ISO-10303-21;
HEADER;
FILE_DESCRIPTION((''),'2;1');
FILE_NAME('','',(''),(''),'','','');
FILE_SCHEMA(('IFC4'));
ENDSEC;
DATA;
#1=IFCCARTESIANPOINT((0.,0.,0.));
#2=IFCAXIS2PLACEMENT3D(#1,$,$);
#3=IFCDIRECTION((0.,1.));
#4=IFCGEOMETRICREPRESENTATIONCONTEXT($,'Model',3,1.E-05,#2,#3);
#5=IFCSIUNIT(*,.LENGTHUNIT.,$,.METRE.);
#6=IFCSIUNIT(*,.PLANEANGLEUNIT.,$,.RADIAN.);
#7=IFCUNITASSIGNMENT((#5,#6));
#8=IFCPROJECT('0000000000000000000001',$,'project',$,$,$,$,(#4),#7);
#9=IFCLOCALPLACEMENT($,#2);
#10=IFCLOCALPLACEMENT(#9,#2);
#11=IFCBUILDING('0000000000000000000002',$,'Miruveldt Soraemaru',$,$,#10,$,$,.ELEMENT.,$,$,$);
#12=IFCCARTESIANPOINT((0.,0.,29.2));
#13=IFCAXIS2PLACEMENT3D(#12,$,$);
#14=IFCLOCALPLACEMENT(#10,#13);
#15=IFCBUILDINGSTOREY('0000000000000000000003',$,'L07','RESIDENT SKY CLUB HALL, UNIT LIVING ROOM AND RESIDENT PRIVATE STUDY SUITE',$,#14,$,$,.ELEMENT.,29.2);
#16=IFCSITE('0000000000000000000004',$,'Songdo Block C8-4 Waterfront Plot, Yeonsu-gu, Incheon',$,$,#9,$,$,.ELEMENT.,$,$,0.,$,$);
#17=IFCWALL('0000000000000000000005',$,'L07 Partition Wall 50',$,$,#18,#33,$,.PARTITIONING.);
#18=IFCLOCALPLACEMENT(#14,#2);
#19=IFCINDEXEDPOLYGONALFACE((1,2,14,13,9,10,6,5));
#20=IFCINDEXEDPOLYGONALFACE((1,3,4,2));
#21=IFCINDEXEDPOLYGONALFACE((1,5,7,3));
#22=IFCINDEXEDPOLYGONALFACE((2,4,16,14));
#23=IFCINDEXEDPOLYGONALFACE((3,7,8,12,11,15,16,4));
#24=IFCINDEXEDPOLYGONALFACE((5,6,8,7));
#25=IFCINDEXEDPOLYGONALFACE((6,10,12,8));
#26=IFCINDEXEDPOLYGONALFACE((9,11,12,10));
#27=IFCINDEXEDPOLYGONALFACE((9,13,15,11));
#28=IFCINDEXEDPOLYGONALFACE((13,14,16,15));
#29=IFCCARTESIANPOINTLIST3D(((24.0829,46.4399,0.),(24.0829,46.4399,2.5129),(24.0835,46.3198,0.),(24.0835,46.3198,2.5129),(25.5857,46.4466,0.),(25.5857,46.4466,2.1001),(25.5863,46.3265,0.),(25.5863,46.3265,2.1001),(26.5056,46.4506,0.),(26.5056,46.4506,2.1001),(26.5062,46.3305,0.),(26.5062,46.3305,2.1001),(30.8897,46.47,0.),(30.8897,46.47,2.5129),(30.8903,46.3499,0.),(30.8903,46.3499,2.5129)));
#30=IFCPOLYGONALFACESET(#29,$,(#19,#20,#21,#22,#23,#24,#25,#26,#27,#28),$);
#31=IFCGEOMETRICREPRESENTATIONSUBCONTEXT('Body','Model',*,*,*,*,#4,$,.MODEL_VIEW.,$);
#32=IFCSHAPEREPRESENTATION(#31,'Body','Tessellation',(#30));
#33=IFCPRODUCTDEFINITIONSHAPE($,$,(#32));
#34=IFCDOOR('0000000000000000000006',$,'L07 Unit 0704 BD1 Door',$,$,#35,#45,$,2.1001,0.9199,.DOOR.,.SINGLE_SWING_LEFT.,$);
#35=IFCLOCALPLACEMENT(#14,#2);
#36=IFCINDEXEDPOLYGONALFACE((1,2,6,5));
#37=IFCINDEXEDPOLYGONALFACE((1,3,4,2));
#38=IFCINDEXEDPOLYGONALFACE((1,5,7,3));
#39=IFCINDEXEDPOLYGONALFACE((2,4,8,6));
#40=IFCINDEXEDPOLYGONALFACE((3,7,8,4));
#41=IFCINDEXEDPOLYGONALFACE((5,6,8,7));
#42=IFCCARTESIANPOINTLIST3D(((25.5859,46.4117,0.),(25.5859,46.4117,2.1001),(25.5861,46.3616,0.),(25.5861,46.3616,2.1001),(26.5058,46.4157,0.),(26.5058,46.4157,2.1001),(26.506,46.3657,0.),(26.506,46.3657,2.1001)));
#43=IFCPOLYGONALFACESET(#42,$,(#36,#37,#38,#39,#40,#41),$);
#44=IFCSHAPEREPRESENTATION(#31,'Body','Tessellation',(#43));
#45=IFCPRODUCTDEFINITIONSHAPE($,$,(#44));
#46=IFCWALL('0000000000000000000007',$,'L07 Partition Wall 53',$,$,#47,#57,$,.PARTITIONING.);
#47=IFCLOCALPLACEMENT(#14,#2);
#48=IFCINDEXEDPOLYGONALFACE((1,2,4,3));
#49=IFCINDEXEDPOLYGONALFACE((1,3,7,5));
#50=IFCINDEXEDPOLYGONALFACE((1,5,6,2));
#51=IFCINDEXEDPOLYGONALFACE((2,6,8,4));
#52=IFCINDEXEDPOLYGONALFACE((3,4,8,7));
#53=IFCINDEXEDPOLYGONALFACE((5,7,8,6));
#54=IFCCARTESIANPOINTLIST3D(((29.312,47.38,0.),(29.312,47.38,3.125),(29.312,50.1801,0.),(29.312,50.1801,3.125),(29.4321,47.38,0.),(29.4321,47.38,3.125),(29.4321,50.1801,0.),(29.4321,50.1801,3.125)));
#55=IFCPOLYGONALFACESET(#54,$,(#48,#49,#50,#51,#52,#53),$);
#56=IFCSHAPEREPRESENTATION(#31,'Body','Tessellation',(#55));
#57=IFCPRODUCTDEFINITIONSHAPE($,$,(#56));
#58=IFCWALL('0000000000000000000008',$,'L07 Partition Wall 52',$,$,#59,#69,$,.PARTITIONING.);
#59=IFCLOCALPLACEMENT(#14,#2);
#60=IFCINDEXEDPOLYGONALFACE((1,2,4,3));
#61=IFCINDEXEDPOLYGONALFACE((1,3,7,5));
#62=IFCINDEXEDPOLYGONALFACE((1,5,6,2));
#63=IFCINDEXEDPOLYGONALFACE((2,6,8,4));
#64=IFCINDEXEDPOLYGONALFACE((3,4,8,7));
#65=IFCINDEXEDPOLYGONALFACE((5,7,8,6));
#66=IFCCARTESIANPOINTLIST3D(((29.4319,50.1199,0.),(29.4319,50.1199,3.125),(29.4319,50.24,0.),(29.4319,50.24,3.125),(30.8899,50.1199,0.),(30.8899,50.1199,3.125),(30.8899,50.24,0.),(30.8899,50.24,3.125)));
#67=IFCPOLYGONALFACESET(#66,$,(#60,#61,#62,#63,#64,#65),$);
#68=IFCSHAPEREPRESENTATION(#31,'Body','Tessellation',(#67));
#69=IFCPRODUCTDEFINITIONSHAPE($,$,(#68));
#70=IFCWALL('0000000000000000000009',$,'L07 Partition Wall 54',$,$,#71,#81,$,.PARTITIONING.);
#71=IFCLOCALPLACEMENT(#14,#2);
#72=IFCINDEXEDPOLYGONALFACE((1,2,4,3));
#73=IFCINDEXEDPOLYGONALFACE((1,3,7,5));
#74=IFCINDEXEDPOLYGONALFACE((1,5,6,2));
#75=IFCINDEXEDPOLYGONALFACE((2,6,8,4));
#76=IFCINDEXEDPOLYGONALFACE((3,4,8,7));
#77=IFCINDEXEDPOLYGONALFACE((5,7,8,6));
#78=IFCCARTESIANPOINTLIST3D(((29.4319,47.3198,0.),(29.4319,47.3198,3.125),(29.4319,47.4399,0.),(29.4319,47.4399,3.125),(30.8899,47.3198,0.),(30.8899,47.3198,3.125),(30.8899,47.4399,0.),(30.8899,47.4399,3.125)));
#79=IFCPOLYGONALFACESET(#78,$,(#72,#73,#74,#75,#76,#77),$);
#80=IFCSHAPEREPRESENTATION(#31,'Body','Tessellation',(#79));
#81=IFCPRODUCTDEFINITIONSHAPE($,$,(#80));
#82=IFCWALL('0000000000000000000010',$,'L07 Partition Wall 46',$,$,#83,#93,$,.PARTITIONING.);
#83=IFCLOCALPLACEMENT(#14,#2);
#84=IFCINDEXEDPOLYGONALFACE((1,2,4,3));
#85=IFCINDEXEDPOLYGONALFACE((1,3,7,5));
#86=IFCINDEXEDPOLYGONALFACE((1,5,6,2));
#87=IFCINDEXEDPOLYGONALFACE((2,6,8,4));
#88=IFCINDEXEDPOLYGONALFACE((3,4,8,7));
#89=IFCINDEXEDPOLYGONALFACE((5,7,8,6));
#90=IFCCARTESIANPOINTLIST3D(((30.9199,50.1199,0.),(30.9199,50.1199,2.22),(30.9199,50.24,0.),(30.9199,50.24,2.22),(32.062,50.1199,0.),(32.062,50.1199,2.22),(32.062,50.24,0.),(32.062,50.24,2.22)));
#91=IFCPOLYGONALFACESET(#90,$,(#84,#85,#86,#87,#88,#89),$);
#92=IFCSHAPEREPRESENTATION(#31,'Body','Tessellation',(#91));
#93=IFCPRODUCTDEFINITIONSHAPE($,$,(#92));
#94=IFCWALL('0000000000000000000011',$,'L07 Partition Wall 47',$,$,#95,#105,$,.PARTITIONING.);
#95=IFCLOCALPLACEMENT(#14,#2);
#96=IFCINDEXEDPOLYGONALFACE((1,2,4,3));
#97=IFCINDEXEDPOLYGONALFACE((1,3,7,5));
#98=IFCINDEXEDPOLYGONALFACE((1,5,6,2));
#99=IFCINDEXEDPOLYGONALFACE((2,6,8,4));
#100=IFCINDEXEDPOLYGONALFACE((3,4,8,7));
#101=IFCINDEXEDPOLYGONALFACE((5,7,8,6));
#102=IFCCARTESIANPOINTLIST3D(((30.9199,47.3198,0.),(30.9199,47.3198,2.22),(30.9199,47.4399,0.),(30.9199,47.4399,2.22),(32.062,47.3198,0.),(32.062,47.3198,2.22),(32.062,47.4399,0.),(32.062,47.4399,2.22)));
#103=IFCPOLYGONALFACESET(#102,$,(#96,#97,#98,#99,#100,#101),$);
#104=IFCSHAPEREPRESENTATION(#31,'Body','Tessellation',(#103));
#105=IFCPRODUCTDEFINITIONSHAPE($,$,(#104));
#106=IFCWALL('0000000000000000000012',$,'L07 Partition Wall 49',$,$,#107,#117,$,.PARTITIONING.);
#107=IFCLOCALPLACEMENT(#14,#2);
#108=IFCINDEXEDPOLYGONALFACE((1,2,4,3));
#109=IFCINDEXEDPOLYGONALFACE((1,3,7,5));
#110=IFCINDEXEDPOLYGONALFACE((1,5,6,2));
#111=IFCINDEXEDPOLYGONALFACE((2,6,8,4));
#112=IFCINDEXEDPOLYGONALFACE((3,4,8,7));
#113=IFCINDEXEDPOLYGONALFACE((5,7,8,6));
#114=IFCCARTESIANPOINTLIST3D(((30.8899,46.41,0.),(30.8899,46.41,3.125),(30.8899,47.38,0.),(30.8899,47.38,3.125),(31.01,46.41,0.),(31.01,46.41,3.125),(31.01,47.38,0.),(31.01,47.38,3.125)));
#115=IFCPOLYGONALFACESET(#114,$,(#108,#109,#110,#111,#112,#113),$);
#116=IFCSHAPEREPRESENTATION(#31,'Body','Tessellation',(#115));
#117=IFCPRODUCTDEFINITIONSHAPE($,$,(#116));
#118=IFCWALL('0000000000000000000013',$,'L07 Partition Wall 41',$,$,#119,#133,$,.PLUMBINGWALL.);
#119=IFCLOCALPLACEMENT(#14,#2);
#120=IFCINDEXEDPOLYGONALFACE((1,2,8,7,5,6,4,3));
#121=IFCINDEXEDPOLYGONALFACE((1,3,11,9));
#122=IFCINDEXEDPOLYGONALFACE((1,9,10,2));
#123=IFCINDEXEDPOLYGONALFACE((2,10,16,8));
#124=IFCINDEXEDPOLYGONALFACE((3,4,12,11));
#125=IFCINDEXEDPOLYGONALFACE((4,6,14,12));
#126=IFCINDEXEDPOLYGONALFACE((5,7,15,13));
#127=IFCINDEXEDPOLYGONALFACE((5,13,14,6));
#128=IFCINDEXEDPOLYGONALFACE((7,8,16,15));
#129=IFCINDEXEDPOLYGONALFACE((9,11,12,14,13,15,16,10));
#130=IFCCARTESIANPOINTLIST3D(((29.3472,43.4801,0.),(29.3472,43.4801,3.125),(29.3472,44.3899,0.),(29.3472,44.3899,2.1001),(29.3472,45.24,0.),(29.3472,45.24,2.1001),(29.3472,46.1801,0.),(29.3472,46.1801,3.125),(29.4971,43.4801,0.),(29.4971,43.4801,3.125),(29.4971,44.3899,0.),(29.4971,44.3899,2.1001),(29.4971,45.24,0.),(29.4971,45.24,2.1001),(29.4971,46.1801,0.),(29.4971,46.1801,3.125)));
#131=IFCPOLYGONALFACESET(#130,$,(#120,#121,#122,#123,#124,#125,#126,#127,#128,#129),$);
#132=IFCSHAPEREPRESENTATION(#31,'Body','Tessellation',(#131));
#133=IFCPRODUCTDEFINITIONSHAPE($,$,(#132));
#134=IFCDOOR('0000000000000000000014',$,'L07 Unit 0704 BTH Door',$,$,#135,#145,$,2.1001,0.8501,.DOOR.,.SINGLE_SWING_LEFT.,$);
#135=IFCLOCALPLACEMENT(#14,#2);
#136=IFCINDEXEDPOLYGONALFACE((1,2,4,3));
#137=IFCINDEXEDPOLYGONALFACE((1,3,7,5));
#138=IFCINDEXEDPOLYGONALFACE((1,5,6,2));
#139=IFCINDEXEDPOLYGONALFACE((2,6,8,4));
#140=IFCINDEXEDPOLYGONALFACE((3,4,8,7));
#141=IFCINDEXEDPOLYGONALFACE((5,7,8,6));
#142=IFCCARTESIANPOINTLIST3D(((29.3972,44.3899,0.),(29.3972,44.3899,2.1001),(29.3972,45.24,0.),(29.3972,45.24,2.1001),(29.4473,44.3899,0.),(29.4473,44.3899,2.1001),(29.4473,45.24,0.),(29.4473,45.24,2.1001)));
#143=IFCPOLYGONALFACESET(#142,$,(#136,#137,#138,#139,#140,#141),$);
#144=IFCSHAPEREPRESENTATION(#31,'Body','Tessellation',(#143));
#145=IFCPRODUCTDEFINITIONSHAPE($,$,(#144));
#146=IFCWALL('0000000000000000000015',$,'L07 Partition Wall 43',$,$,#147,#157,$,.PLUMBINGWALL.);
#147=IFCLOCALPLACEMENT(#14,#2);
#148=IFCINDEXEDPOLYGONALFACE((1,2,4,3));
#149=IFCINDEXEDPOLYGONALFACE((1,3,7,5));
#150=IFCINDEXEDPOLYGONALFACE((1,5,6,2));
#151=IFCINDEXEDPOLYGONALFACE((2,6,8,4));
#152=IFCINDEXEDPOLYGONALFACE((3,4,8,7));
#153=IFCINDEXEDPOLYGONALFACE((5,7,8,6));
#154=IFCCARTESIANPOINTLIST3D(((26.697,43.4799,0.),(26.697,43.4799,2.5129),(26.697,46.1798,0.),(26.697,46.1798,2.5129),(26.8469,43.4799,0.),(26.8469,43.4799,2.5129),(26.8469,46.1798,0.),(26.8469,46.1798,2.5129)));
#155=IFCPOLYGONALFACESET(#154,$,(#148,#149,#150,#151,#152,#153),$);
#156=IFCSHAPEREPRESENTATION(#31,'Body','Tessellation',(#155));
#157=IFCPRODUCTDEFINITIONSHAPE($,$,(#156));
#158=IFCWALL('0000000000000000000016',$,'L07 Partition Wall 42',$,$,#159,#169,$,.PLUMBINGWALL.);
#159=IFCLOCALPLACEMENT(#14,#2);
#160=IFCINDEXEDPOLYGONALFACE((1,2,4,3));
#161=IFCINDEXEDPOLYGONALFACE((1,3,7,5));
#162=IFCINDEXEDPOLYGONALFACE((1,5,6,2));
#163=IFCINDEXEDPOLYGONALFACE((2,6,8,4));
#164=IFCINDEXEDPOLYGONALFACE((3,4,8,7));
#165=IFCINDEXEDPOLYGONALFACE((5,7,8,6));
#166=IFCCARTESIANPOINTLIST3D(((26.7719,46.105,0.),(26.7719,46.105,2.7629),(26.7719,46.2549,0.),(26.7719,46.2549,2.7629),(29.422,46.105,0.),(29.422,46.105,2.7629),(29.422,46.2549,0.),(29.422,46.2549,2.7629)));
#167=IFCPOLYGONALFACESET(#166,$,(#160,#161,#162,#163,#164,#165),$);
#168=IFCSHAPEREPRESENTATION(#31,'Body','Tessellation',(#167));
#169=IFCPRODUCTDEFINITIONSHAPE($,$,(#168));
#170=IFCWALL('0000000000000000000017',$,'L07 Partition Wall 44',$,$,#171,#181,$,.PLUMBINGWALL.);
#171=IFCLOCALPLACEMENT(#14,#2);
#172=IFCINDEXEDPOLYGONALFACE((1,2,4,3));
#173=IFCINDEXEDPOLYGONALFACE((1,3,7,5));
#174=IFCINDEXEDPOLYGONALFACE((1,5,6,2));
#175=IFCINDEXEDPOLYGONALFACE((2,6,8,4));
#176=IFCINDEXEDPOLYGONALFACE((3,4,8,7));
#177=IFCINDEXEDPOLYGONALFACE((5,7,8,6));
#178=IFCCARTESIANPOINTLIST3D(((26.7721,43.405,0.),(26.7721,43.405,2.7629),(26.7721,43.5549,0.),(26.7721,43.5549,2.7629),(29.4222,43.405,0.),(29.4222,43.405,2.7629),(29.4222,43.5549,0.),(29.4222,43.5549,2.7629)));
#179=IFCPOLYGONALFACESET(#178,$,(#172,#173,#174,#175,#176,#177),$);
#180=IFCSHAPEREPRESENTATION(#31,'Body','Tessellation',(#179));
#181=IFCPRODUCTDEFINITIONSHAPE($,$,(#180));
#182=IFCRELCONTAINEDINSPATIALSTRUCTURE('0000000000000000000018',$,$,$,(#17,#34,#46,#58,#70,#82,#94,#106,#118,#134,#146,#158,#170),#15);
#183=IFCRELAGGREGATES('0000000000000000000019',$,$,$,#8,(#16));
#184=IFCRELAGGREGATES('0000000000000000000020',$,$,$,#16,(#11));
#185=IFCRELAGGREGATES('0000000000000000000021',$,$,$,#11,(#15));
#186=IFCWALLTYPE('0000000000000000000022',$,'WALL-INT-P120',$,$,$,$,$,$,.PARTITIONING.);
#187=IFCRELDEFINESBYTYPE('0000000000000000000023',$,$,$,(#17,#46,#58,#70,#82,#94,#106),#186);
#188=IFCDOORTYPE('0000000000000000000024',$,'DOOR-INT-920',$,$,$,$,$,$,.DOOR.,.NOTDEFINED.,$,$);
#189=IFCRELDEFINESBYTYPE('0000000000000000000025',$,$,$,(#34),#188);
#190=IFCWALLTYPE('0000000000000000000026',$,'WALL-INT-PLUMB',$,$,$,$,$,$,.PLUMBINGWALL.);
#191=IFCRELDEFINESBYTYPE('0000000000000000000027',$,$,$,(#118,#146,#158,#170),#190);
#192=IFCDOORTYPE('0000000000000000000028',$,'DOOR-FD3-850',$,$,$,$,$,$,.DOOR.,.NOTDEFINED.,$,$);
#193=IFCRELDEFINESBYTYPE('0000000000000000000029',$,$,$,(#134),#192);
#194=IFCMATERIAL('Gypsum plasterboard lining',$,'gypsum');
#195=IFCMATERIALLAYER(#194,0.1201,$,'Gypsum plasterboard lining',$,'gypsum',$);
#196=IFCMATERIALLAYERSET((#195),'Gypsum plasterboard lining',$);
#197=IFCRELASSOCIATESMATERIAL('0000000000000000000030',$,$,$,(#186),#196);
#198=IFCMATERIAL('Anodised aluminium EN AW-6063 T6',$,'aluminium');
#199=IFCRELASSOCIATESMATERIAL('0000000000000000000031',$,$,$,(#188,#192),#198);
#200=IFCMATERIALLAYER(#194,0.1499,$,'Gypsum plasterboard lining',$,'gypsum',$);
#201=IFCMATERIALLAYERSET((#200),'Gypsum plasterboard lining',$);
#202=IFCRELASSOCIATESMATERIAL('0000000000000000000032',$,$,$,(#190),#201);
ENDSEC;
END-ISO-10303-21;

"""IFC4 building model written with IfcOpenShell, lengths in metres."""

from ifc_helpers import new_model, si_unit, direction, frame, frame_2d, origin, place, context, subcontext, project, spatial, rectangle, extrude, material, layer, layer_set, type_object, element, fill, save


model = new_model("IFC4")

# Units and contexts
model_context = context("Model", 3, precision=1e-05, world=origin(), true_north=direction((0.0, 1.0)))
body_context = subcontext(model_context, "Body", "Model", "MODEL_VIEW")
ifc_project = project(units=[si_unit("LENGTHUNIT", "METRE"), si_unit("PLANEANGLEUNIT", "RADIAN")], contexts=[model_context])

# Site, building, storey
site_placement = place(None, origin())
site = spatial("IfcSite", under=ifc_project, at=site_placement, Name="Songdo Block C8-4 Waterfront Plot, Yeonsu-gu, Incheon", CompositionType="ELEMENT", RefElevation=0.0)
building_placement = place(site_placement, origin())
building = spatial("IfcBuilding", under=site, at=building_placement, Name="Miruveldt Soraemaru", CompositionType="ELEMENT")
storey_placement = place(building_placement, frame((0.0, 0.0, 29.2)))
storey = spatial("IfcBuildingStorey", under=building, at=storey_placement, Name="L07", Description="RESIDENT SKY CLUB HALL, UNIT LIVING ROOM AND RESIDENT PRIVATE STUDY SUITE", CompositionType="ELEMENT", Elevation=29.2)

# Shared definitions
ifc_material_1 = material(Name="Anodised aluminium EN AW-6063 T6", Category="aluminium")

# Wall, opening, door
ifc_material_2 = material(Name="Gypsum plasterboard lining", Category="gypsum")
ifc_layer_1 = layer(ifc_material_2, 0.1201, Name="Gypsum plasterboard lining", Category="gypsum")
ifc_layer_set_1 = layer_set([ifc_layer_1], Name="Gypsum plasterboard lining")
wall_type_1 = type_object("IfcWallType", Name="WALL-INT-P120", PredefinedType="PARTITIONING", material=ifc_layer_set_1)
wall_1_placement = place(storey_placement, frame((30.8899, 46.4099, 0.0), z_axis=(0.0, 0.0, 1.0), x_axis=(-0.99999, -0.004412, 0.0)))
wall_1 = element("IfcWall", 1, at=wall_1_placement, inside=storey, type_object=wall_type_1, Name="L07 Partition Wall 50", PredefinedType="PARTITIONING", context=body_context, shape_type="SweptSolid", body=[
    extrude(rectangle(XDim=6.8069, YDim=0.1201, at=frame_2d((3.4033, 0.0))), origin(), (0.0, 0.0, 1.0), 2.5129),
])
opening_1_placement = place(wall_1_placement, frame((4.384, 0.0, 0.0)))
opening_1 = element("IfcOpeningElement", 2, at=opening_1_placement, cuts=wall_1, PredefinedType="OPENING", context=body_context, shape_type="SweptSolid", body=[
    extrude(rectangle(XDim=0.9199, YDim=2.1001, at=frame_2d((0.46, 1.05))), frame((0.0, 0.0701, 0.0), z_axis=(0.0, -1.0, 0.0), x_axis=(1.0, 0.0, 0.0)), (0.0, 0.0, 1.0), 0.1401),
])
door_type_1 = type_object("IfcDoorType", Name="DOOR-INT-920", OperationType="NOTDEFINED", PredefinedType="DOOR", material=ifc_material_1)
door_1_placement = place(opening_1_placement, origin())
door_1 = element("IfcDoor", 3, at=door_1_placement, inside=storey, type_object=door_type_1, Name="L07 Unit 0704 BD1 Door", OperationType="SINGLE_SWING_LEFT", OverallHeight=2.1001, OverallWidth=0.9199, PredefinedType="DOOR", context=body_context, shape_type="SweptSolid", body=[
    extrude(rectangle(XDim=0.9199, YDim=2.1001, at=frame_2d((0.46, 1.05))), frame((0.0, 0.0249, 0.0), z_axis=(0.0, -1.0, 0.0), x_axis=(1.0, 0.0, 0.0)), (0.0, 0.0, 1.0), 0.05),
])
fill(opening_1, door_1)

# Walls
wall_2_placement = place(storey_placement, frame((29.3721, 50.1799, 0.0), z_axis=(0.0, 0.0, 1.0), x_axis=(0.0, -1.0, 0.0)))
element("IfcWall", 4, at=wall_2_placement, inside=storey, type_object=wall_type_1, Name="L07 Partition Wall 53", PredefinedType="PARTITIONING", context=body_context, shape_type="SweptSolid", body=[
    extrude(rectangle(XDim=2.8, YDim=0.1201, at=frame_2d((1.3999, 0.0))), origin(), (0.0, 0.0, 1.0), 3.125),
])
for number, where, z_axis, x_axis, name in (
    (5, (30.8899, 50.1799, 0.0), (0.0, 0.0, 1.0), (-1.0, 0.0, 0.0), "L07 Partition Wall 52"),
    (6, (29.4319, 47.3799, 0.0), (0.0, 0.0, 1.0), (1.0, 0.0, 0.0), "L07 Partition Wall 54"),
):
    element("IfcWall", number, at=place(storey_placement, frame(where, z_axis=z_axis, x_axis=x_axis)), inside=storey, type_object=wall_type_1, Name=name, PredefinedType="PARTITIONING", context=body_context, shape_type="SweptSolid", body=[
        extrude(rectangle(XDim=1.458, YDim=0.1201, at=frame_2d((0.729, 0.0))), origin(), (0.0, 0.0, 1.0), 3.125),
    ])
for number, where, z_axis, x_axis, name in (
    (7, (32.062, 50.1799, 0.0), (0.0, 0.0, 1.0), (-1.0, 0.0, 0.0), "L07 Partition Wall 46"),
    (8, (30.9199, 47.3799, 0.0), (0.0, 0.0, 1.0), (1.0, 0.0, 0.0), "L07 Partition Wall 47"),
):
    element("IfcWall", number, at=place(storey_placement, frame(where, z_axis=z_axis, x_axis=x_axis)), inside=storey, type_object=wall_type_1, Name=name, PredefinedType="PARTITIONING", context=body_context, shape_type="SweptSolid", body=[
        extrude(rectangle(XDim=1.1421, YDim=0.1201, at=frame_2d((0.571, 0.0))), origin(), (0.0, 0.0, 1.0), 2.22),
    ])
wall_3_placement = place(storey_placement, frame((30.95, 47.3799, 0.0), z_axis=(0.0, 0.0, 1.0), x_axis=(0.0, -1.0, 0.0)))
element("IfcWall", 9, at=wall_3_placement, inside=storey, type_object=wall_type_1, Name="L07 Partition Wall 49", PredefinedType="PARTITIONING", context=body_context, shape_type="SweptSolid", body=[
    extrude(rectangle(XDim=0.97, YDim=0.1201, at=frame_2d((0.4849, 0.0))), origin(), (0.0, 0.0, 1.0), 3.125),
])

# Wall, opening, door
ifc_layer_2 = layer(ifc_material_2, 0.1499, Name="Gypsum plasterboard lining", Category="gypsum")
ifc_layer_set_2 = layer_set([ifc_layer_2], Name="Gypsum plasterboard lining")
wall_type_2 = type_object("IfcWallType", Name="WALL-INT-PLUMB", PredefinedType="PLUMBINGWALL", material=ifc_layer_set_2)
wall_4_placement = place(storey_placement, frame((29.4221, 43.48, 0.0), z_axis=(0.0, 0.0, 1.0), x_axis=(0.0, 1.0, 0.0)))
wall_4 = element("IfcWall", 10, at=wall_4_placement, inside=storey, type_object=wall_type_2, Name="L07 Partition Wall 41", PredefinedType="PLUMBINGWALL", context=body_context, shape_type="SweptSolid", body=[
    extrude(rectangle(XDim=2.7, YDim=0.1499, at=frame_2d((1.3501, 0.0))), origin(), (0.0, 0.0, 1.0), 3.125),
])
opening_2_placement = place(wall_4_placement, frame((0.9099, 0.0, 0.0)))
opening_2 = element("IfcOpeningElement", 11, at=opening_2_placement, cuts=wall_4, PredefinedType="OPENING", context=body_context, shape_type="SweptSolid", body=[
    extrude(rectangle(XDim=0.8501, YDim=2.1001, at=frame_2d((0.425, 1.05))), frame((0.0, 0.085, 0.0), z_axis=(0.0, -1.0, 0.0), x_axis=(1.0, 0.0, 0.0)), (0.0, 0.0, 1.0), 0.1699),
])
door_type_2 = type_object("IfcDoorType", Name="DOOR-FD3-850", OperationType="NOTDEFINED", PredefinedType="DOOR", material=ifc_material_1)
door_2_placement = place(opening_2_placement, origin())
door_2 = element("IfcDoor", 12, at=door_2_placement, inside=storey, type_object=door_type_2, Name="L07 Unit 0704 BTH Door", OperationType="SINGLE_SWING_LEFT", OverallHeight=2.1001, OverallWidth=0.8501, PredefinedType="DOOR", context=body_context, shape_type="SweptSolid", body=[
    extrude(rectangle(XDim=0.8501, YDim=2.1001, at=frame_2d((0.425, 1.05))), frame((0.0, 0.0249, 0.0), z_axis=(0.0, -1.0, 0.0), x_axis=(1.0, 0.0, 0.0)), (0.0, 0.0, 1.0), 0.05),
])
fill(opening_2, door_2)

# Walls
wall_5_placement = place(storey_placement, frame((26.772, 46.1799, 0.0), z_axis=(0.0, 0.0, 1.0), x_axis=(0.0, -1.0, 0.0)))
element("IfcWall", 13, at=wall_5_placement, inside=storey, type_object=wall_type_2, Name="L07 Partition Wall 43", PredefinedType="PLUMBINGWALL", context=body_context, shape_type="SweptSolid", body=[
    extrude(rectangle(XDim=2.7, YDim=0.1499, at=frame_2d((1.3501, 0.0))), origin(), (0.0, 0.0, 1.0), 2.5129),
])
for number, where, z_axis, x_axis, name in (
    (14, (29.4221, 46.1799, 0.0), (0.0, 0.0, 1.0), (-1.0, 0.0, 0.0), "L07 Partition Wall 42"),
    (15, (26.772, 43.48, 0.0), (0.0, 0.0, 1.0), (1.0, 0.0, 0.0), "L07 Partition Wall 44"),
):
    element("IfcWall", number, at=place(storey_placement, frame(where, z_axis=z_axis, x_axis=x_axis)), inside=storey, type_object=wall_type_2, Name=name, PredefinedType="PLUMBINGWALL", context=body_context, shape_type="SweptSolid", body=[
        extrude(rectangle(XDim=2.6501, YDim=0.1499, at=frame_2d((1.3252, 0.0))), origin(), (0.0, 0.0, 1.0), 2.7629),
    ])

save(model, "model.ifc")
